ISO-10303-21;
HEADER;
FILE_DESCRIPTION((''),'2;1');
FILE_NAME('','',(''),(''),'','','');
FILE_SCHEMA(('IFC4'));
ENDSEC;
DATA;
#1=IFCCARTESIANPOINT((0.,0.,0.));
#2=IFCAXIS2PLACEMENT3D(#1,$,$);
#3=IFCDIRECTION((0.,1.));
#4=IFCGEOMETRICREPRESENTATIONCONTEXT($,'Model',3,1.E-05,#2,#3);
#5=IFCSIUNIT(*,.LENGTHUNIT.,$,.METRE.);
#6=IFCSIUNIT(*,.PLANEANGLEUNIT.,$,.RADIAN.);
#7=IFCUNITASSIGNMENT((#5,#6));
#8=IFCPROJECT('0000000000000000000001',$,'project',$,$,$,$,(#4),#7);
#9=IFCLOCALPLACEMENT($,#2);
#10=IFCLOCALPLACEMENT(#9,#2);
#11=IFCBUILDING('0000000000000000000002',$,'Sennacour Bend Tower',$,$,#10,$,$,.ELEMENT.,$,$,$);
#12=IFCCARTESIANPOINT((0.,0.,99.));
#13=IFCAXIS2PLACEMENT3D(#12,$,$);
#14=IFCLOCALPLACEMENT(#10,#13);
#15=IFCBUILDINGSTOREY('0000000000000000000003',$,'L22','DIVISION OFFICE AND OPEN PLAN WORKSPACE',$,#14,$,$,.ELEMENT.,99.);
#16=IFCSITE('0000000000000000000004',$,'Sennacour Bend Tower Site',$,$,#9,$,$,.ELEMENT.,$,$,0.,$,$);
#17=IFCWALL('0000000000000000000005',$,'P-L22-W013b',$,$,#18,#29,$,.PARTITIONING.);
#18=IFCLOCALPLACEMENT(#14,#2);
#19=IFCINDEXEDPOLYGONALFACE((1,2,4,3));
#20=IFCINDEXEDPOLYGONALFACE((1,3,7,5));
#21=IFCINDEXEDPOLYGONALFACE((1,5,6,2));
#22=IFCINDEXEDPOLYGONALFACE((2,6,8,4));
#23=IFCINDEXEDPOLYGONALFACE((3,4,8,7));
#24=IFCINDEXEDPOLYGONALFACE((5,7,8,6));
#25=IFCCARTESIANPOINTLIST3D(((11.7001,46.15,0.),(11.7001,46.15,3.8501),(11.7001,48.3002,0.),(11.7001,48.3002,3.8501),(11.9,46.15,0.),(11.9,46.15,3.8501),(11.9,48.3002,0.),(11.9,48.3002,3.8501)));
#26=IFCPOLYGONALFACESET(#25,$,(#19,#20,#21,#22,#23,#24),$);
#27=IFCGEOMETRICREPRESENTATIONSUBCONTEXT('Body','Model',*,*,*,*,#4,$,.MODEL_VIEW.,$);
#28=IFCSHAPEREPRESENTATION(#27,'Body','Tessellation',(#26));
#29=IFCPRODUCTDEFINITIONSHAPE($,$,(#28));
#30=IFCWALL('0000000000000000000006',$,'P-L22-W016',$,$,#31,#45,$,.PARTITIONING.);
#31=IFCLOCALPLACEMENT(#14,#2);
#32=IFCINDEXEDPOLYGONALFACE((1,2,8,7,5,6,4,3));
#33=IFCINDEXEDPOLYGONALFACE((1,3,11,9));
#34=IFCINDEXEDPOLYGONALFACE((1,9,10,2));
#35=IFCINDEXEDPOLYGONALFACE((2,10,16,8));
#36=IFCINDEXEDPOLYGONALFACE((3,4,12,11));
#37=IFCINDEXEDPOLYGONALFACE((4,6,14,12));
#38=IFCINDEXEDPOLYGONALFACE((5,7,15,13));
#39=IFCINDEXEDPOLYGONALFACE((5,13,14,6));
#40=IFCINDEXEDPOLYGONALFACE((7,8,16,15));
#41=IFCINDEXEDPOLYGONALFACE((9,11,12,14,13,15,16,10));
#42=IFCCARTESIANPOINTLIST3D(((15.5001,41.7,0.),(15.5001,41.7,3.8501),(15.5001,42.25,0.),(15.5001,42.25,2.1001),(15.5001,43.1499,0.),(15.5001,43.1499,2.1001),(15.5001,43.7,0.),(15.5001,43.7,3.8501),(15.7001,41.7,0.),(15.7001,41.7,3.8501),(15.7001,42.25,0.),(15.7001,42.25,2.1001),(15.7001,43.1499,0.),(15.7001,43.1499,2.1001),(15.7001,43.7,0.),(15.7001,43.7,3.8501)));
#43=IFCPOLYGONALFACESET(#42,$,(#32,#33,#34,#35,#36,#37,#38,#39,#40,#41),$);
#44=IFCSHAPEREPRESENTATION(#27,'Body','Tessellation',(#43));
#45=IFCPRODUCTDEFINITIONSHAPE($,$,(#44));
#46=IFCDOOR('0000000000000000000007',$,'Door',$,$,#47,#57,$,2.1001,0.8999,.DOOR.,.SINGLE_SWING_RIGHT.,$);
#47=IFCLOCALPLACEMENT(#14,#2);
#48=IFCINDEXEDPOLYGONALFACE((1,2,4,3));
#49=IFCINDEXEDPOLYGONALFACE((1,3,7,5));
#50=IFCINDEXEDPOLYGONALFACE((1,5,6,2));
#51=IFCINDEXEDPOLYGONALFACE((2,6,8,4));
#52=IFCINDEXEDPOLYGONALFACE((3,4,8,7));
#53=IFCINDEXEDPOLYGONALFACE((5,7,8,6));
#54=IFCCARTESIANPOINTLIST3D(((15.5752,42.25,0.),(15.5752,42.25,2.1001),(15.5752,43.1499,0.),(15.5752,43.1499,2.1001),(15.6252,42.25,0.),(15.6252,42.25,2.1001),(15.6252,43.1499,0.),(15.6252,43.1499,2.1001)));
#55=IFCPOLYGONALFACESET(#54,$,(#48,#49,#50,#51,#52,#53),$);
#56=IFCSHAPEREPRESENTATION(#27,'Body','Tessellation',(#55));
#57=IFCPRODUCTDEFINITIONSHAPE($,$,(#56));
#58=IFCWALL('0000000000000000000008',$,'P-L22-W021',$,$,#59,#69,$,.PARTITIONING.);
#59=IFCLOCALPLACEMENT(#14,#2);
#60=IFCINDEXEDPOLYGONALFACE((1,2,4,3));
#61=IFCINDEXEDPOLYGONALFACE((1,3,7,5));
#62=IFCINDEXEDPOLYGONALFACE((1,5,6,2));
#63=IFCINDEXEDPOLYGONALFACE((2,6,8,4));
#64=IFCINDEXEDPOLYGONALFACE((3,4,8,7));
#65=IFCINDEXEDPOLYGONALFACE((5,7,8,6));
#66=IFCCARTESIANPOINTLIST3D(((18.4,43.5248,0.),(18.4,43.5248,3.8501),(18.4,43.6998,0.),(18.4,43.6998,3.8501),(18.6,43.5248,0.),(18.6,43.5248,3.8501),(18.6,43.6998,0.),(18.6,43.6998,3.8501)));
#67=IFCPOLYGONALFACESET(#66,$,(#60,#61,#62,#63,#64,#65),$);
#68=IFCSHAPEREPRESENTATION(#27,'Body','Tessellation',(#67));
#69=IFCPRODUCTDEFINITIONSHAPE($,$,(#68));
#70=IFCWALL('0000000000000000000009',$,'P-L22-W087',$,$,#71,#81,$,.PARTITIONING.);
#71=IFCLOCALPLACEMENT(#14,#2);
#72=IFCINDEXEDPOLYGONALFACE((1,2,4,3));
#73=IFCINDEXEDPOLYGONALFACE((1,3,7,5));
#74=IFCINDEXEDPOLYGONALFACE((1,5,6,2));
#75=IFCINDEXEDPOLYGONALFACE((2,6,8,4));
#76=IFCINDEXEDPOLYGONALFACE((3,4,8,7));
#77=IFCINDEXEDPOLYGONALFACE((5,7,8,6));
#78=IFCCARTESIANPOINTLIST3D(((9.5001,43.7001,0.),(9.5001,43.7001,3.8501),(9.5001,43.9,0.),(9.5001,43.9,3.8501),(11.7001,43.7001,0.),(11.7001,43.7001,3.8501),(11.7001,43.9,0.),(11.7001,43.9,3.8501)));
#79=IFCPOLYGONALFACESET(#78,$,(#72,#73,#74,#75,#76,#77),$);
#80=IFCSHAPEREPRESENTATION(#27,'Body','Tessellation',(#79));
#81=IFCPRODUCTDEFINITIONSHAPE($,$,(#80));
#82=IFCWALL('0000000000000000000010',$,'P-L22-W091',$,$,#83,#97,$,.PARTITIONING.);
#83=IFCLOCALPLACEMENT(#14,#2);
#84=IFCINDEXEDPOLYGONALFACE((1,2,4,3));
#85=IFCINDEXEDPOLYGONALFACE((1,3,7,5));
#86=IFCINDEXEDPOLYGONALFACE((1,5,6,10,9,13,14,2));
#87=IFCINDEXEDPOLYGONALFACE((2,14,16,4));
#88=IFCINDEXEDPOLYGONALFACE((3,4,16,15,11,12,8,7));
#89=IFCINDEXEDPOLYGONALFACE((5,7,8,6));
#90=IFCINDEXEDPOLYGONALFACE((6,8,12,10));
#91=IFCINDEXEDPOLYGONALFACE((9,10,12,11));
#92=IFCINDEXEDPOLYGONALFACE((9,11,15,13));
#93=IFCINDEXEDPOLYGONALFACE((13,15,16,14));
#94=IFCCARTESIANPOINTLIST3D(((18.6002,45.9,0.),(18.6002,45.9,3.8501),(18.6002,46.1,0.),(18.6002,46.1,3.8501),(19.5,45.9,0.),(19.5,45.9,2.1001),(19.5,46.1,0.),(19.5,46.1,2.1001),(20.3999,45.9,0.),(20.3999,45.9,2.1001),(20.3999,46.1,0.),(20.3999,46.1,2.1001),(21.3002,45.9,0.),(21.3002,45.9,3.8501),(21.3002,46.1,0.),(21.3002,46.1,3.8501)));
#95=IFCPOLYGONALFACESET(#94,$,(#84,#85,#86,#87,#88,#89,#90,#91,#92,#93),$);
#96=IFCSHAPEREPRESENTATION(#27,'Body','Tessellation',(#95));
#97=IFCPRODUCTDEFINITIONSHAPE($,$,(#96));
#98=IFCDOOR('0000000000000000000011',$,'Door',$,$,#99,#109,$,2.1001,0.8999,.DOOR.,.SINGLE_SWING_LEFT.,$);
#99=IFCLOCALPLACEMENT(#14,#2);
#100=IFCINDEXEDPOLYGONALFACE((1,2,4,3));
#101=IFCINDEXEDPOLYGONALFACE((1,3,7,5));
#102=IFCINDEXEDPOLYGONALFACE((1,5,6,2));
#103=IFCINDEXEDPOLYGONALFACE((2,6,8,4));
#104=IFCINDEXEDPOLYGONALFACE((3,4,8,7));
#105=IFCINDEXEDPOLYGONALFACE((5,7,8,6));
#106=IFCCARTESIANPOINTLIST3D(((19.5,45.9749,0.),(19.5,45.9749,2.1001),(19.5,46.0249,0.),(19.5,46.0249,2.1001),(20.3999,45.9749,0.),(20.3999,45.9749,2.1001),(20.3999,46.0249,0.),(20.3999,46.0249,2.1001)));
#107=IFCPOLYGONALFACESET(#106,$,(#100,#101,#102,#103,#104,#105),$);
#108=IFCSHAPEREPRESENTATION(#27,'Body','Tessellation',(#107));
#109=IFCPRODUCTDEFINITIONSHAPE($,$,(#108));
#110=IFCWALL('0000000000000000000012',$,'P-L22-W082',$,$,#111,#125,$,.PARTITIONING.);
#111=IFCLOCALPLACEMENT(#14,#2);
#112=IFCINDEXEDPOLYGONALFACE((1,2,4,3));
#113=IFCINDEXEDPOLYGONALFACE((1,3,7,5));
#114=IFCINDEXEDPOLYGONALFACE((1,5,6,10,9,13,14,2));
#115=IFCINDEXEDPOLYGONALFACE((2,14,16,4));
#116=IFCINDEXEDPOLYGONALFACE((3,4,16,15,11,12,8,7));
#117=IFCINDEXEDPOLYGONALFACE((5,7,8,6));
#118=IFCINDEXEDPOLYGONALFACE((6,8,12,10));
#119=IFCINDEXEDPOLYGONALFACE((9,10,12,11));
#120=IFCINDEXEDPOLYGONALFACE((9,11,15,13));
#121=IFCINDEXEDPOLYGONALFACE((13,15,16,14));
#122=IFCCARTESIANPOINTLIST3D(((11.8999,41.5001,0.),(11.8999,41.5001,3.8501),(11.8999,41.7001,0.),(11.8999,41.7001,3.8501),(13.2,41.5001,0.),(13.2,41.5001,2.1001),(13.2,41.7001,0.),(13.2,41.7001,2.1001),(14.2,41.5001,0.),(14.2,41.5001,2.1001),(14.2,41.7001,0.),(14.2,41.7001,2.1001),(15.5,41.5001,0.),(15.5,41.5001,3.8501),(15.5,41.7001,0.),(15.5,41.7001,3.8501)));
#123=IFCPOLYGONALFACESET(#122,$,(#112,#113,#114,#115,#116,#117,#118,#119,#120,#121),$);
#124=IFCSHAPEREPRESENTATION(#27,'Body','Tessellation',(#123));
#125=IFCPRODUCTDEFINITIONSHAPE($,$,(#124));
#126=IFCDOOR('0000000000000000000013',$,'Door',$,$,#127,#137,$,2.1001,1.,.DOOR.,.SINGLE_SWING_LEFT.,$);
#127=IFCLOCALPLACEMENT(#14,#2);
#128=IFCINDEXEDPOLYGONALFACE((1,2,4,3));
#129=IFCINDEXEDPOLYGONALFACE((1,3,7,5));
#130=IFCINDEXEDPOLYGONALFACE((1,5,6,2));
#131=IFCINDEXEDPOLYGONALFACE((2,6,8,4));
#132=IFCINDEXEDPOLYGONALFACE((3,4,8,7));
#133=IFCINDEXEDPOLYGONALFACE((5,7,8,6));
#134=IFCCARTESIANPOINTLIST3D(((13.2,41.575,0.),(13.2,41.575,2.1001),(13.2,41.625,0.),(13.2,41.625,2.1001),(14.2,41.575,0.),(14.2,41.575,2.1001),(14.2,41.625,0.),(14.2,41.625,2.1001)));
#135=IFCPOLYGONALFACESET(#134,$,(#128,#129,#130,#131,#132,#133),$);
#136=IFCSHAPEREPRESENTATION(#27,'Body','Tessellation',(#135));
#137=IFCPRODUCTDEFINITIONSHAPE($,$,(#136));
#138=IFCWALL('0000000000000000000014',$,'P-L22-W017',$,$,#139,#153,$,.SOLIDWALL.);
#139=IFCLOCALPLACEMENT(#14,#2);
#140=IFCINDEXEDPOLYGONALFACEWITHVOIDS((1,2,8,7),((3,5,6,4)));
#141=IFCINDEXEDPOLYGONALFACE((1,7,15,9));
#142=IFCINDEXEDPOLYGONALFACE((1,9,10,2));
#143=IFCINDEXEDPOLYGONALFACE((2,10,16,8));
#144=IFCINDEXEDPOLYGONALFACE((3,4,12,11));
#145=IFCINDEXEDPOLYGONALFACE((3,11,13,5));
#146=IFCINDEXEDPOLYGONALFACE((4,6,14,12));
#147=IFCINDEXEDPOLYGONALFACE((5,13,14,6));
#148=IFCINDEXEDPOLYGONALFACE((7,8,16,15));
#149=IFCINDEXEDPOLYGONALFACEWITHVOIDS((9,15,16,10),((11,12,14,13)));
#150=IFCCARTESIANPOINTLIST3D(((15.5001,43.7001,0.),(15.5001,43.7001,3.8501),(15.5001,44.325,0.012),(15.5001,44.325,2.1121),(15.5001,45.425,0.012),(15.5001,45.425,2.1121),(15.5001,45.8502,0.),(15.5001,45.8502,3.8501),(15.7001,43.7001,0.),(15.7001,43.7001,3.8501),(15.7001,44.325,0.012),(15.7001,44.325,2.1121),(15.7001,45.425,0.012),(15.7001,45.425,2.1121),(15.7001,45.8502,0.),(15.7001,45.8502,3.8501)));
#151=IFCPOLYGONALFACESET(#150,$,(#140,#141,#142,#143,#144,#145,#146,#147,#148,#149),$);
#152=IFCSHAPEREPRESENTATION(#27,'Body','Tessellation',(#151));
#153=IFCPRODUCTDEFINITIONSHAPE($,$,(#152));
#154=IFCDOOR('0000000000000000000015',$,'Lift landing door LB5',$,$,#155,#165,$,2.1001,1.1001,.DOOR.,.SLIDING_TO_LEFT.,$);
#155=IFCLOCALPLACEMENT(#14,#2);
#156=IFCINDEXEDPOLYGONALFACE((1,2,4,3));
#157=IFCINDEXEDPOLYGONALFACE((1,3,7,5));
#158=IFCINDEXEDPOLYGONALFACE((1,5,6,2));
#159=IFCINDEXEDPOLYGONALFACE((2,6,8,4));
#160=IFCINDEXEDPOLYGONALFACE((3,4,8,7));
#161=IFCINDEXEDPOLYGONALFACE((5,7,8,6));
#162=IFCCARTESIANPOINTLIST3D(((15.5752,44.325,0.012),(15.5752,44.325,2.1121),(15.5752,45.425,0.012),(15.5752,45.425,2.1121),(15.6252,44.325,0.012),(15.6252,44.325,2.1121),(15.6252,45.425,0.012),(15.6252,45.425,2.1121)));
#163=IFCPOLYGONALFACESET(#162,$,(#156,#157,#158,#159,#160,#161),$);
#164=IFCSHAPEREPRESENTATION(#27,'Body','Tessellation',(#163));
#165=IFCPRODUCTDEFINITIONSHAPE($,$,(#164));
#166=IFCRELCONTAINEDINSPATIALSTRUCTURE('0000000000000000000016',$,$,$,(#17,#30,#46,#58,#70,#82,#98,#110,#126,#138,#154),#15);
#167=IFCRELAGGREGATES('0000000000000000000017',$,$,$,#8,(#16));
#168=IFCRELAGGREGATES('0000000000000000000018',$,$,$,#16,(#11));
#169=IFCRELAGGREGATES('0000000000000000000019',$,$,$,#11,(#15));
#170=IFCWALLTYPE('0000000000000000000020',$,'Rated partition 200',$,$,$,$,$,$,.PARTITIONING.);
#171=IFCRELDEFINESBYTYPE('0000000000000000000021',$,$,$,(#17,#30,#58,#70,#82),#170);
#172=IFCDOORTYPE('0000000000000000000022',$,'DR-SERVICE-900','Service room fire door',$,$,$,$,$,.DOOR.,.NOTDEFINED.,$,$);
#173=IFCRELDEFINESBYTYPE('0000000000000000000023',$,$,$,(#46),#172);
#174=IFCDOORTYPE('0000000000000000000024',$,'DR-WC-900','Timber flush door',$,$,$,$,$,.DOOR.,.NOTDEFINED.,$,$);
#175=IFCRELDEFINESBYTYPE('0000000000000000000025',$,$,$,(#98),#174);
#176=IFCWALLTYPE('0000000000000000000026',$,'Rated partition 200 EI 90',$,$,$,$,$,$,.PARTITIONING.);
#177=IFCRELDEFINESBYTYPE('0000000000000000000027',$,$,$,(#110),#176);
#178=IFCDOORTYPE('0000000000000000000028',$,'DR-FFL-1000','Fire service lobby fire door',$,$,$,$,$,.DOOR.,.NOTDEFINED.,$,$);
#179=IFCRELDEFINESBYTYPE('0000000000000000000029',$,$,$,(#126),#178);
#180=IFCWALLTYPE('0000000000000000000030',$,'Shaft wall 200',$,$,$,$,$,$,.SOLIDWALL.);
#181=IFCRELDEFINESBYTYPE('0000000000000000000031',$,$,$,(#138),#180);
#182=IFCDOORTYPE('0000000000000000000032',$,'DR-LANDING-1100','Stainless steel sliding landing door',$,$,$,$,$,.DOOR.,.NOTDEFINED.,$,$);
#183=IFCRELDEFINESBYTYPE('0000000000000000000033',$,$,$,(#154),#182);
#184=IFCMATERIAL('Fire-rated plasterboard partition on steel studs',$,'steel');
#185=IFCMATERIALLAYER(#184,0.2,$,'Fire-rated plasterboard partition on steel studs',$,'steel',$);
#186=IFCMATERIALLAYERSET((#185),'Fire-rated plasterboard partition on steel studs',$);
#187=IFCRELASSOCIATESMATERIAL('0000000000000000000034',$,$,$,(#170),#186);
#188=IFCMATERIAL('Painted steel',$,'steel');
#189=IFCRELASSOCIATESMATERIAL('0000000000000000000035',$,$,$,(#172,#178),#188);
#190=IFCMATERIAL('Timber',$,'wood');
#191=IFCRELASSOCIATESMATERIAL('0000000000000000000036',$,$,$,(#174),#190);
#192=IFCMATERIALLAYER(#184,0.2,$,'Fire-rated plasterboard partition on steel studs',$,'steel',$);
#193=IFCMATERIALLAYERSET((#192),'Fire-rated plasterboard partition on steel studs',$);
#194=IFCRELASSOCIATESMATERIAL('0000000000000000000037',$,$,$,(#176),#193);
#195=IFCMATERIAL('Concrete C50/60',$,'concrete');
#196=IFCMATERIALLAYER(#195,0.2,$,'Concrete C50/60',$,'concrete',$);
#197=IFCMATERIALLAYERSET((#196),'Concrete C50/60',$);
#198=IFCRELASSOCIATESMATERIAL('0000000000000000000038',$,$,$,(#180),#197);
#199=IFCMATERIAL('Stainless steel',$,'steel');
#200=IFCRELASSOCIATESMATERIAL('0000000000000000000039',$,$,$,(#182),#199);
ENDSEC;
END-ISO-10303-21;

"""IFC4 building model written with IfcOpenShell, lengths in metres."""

from ifc_helpers import new_model, si_unit, direction, frame, frame_2d, origin, place, context, subcontext, project, spatial, rectangle, extrude, material, layer, layer_set, type_object, element, fill, save


model = new_model("IFC4")

# Units and contexts
model_context = context("Model", 3, precision=1e-05, world=origin(), true_north=direction((0.0, 1.0)))
body_context = subcontext(model_context, "Body", "Model", "MODEL_VIEW")
ifc_project = project(units=[si_unit("LENGTHUNIT", "METRE"), si_unit("PLANEANGLEUNIT", "RADIAN")], contexts=[model_context])

# Site, building, storey
site_placement = place(None, origin())
site = spatial("IfcSite", under=ifc_project, at=site_placement, Name="Sennacour Bend Tower Site", CompositionType="ELEMENT", RefElevation=0.0)
building_placement = place(site_placement, origin())
building = spatial("IfcBuilding", under=site, at=building_placement, Name="Sennacour Bend Tower", CompositionType="ELEMENT")
storey_placement = place(building_placement, frame((0.0, 0.0, 99.0)))
storey = spatial("IfcBuildingStorey", under=building, at=storey_placement, Name="L22", Description="DIVISION OFFICE AND OPEN PLAN WORKSPACE", CompositionType="ELEMENT", Elevation=99.0)

# Wall
ifc_material_1 = material(Name="Fire-rated plasterboard partition on steel studs", Category="steel")
ifc_layer_1 = layer(ifc_material_1, 0.2, Name="Fire-rated plasterboard partition on steel studs", Category="steel")
ifc_layer_set_1 = layer_set([ifc_layer_1], Name="Fire-rated plasterboard partition on steel studs")
wall_type_1 = type_object("IfcWallType", Name="Rated partition 200", PredefinedType="PARTITIONING", material=ifc_layer_set_1)
wall_1_placement = place(storey_placement, frame((11.8, 46.1499, 0.0), z_axis=(0.0, 0.0, 1.0), x_axis=(0.0, 1.0, 0.0)))
element("IfcWall", 1, at=wall_1_placement, inside=storey, type_object=wall_type_1, Name="P-L22-W013b", PredefinedType="PARTITIONING", context=body_context, shape_type="SweptSolid", body=[
    extrude(rectangle(XDim=2.1501, YDim=0.2, at=frame_2d((1.0752, 0.0))), origin(), (0.0, 0.0, 1.0), 3.8501),
])

# Wall, opening, door
wall_2_placement = place(storey_placement, frame((15.6001, 41.7, 0.0), z_axis=(0.0, 0.0, 1.0), x_axis=(0.0, 1.0, 0.0)))
wall_2 = element("IfcWall", 2, at=wall_2_placement, inside=storey, type_object=wall_type_1, Name="P-L22-W016", PredefinedType="PARTITIONING", context=body_context, shape_type="SweptSolid", body=[
    extrude(rectangle(XDim=2.0, YDim=0.2, at=frame_2d((1.0, 0.0))), origin(), (0.0, 0.0, 1.0), 3.8501),
])
opening_1_placement = place(wall_2_placement, frame((0.55, 0.0, 0.0)))
opening_1 = element("IfcOpeningElement", 3, at=opening_1_placement, cuts=wall_2, PredefinedType="OPENING", context=body_context, shape_type="SweptSolid", body=[
    extrude(rectangle(XDim=0.8999, YDim=2.1001, at=frame_2d((0.45, 1.05))), frame((0.0, 0.1099, 0.0), z_axis=(0.0, -1.0, 0.0), x_axis=(1.0, 0.0, 0.0)), (0.0, 0.0, 1.0), 0.22),
])
ifc_material_2 = material(Name="Painted steel", Category="steel")
door_type_1 = type_object("IfcDoorType", Name="DR-SERVICE-900", Description="Service room fire door", OperationType="NOTDEFINED", PredefinedType="DOOR", material=ifc_material_2)
door_1_placement = place(opening_1_placement, origin())
door_1 = element("IfcDoor", 4, at=door_1_placement, inside=storey, type_object=door_type_1, Name="Door", OperationType="SINGLE_SWING_RIGHT", OverallHeight=2.1001, OverallWidth=0.8999, PredefinedType="DOOR", context=body_context, shape_type="SweptSolid", body=[
    extrude(rectangle(XDim=0.8999, YDim=2.1001, at=frame_2d((0.45, 1.05))), frame((0.0, 0.0249, 0.0), z_axis=(0.0, -1.0, 0.0), x_axis=(1.0, 0.0, 0.0)), (0.0, 0.0, 1.0), 0.05),
])
fill(opening_1, door_1)

# Walls
wall_3_placement = place(storey_placement, frame((18.5, 43.5249, 0.0), z_axis=(0.0, 0.0, 1.0), x_axis=(0.0, 1.0, 0.0)))
element("IfcWall", 5, at=wall_3_placement, inside=storey, type_object=wall_type_1, Name="P-L22-W021", PredefinedType="PARTITIONING", context=body_context, shape_type="SweptSolid", body=[
    extrude(rectangle(XDim=0.175, YDim=0.2, at=frame_2d((0.0874, 0.0))), origin(), (0.0, 0.0, 1.0), 3.8501),
])
wall_4_placement = place(storey_placement, frame((9.5, 43.8, 0.0), z_axis=(0.0, 0.0, 1.0), x_axis=(1.0, 0.0, 0.0)))
element("IfcWall", 6, at=wall_4_placement, inside=storey, type_object=wall_type_1, Name="P-L22-W087", PredefinedType="PARTITIONING", context=body_context, shape_type="SweptSolid", body=[
    extrude(rectangle(XDim=2.2, YDim=0.2, at=frame_2d((1.1001, 0.0))), origin(), (0.0, 0.0, 1.0), 3.8501),
])

# Walls, openings, doors
wall_5_placement = place(storey_placement, frame((18.6001, 46.0, 0.0), z_axis=(0.0, 0.0, 1.0), x_axis=(1.0, 0.0, 0.0)))
wall_5 = element("IfcWall", 7, at=wall_5_placement, inside=storey, type_object=wall_type_1, Name="P-L22-W091", PredefinedType="PARTITIONING", context=body_context, shape_type="SweptSolid", body=[
    extrude(rectangle(XDim=2.7, YDim=0.2, at=frame_2d((1.3501, 0.0))), origin(), (0.0, 0.0, 1.0), 3.8501),
])
opening_2_placement = place(wall_5_placement, frame((0.8999, 0.0, 0.0)))
opening_2 = element("IfcOpeningElement", 8, at=opening_2_placement, cuts=wall_5, PredefinedType="OPENING", context=body_context, shape_type="SweptSolid", body=[
    extrude(rectangle(XDim=0.8999, YDim=2.1001, at=frame_2d((0.45, 1.05))), frame((0.0, 0.1099, 0.0), z_axis=(0.0, -1.0, 0.0), x_axis=(1.0, 0.0, 0.0)), (0.0, 0.0, 1.0), 0.22),
])
ifc_material_3 = material(Name="Timber", Category="wood")
door_type_2 = type_object("IfcDoorType", Name="DR-WC-900", Description="Timber flush door", OperationType="NOTDEFINED", PredefinedType="DOOR", material=ifc_material_3)
door_2_placement = place(opening_2_placement, origin())
door_2 = element("IfcDoor", 9, at=door_2_placement, inside=storey, type_object=door_type_2, Name="Door", OperationType="SINGLE_SWING_LEFT", OverallHeight=2.1001, OverallWidth=0.8999, PredefinedType="DOOR", context=body_context, shape_type="SweptSolid", body=[
    extrude(rectangle(XDim=0.8999, YDim=2.1001, at=frame_2d((0.45, 1.05))), frame((0.0, 0.0249, 0.0), z_axis=(0.0, -1.0, 0.0), x_axis=(1.0, 0.0, 0.0)), (0.0, 0.0, 1.0), 0.05),
])
fill(opening_2, door_2)
ifc_layer_2 = layer(ifc_material_1, 0.2, Name="Fire-rated plasterboard partition on steel studs", Category="steel")
ifc_layer_set_2 = layer_set([ifc_layer_2], Name="Fire-rated plasterboard partition on steel studs")
wall_type_2 = type_object("IfcWallType", Name="Rated partition 200 EI 90", PredefinedType="PARTITIONING", material=ifc_layer_set_2)
wall_6_placement = place(storey_placement, frame((11.8999, 41.6001, 0.0), z_axis=(0.0, 0.0, 1.0), x_axis=(1.0, 0.0, 0.0)))
wall_6 = element("IfcWall", 10, at=wall_6_placement, inside=storey, type_object=wall_type_2, Name="P-L22-W082", PredefinedType="PARTITIONING", context=body_context, shape_type="SweptSolid", body=[
    extrude(rectangle(XDim=3.6001, YDim=0.2, at=frame_2d((1.8, 0.0))), origin(), (0.0, 0.0, 1.0), 3.8501),
])
opening_3_placement = place(wall_6_placement, frame((1.3, 0.0, 0.0)))
opening_3 = element("IfcOpeningElement", 11, at=opening_3_placement, cuts=wall_6, PredefinedType="OPENING", context=body_context, shape_type="SweptSolid", body=[
    extrude(rectangle(XDim=1.0, YDim=2.1001, at=frame_2d((0.5, 1.05))), frame((0.0, 0.1099, 0.0), z_axis=(0.0, -1.0, 0.0), x_axis=(1.0, 0.0, 0.0)), (0.0, 0.0, 1.0), 0.22),
])
door_type_3 = type_object("IfcDoorType", Name="DR-FFL-1000", Description="Fire service lobby fire door", OperationType="NOTDEFINED", PredefinedType="DOOR", material=ifc_material_2)
door_3_placement = place(opening_3_placement, origin())
door_3 = element("IfcDoor", 12, at=door_3_placement, inside=storey, type_object=door_type_3, Name="Door", OperationType="SINGLE_SWING_LEFT", OverallHeight=2.1001, OverallWidth=1.0, PredefinedType="DOOR", context=body_context, shape_type="SweptSolid", body=[
    extrude(rectangle(XDim=1.0, YDim=2.1001, at=frame_2d((0.5, 1.05))), frame((0.0, 0.0249, 0.0), z_axis=(0.0, -1.0, 0.0), x_axis=(1.0, 0.0, 0.0)), (0.0, 0.0, 1.0), 0.05),
])
fill(opening_3, door_3)
ifc_material_4 = material(Name="Concrete C50/60", Category="concrete")
ifc_layer_3 = layer(ifc_material_4, 0.2, Name="Concrete C50/60", Category="concrete")
ifc_layer_set_3 = layer_set([ifc_layer_3], Name="Concrete C50/60")
wall_type_3 = type_object("IfcWallType", Name="Shaft wall 200", PredefinedType="SOLIDWALL", material=ifc_layer_set_3)
wall_7_placement = place(storey_placement, frame((15.6001, 43.7, 0.0), z_axis=(0.0, 0.0, 1.0), x_axis=(0.0, 1.0, 0.0)))
wall_7 = element("IfcWall", 13, at=wall_7_placement, inside=storey, type_object=wall_type_3, Name="P-L22-W017", PredefinedType="SOLIDWALL", context=body_context, shape_type="SweptSolid", body=[
    extrude(rectangle(XDim=2.1501, YDim=0.2, at=frame_2d((1.0752, 0.0))), origin(), (0.0, 0.0, 1.0), 3.8501),
])
opening_4_placement = place(wall_7_placement, frame((0.625, 0.0, 0.012)))
opening_4 = element("IfcOpeningElement", 14, at=opening_4_placement, cuts=wall_7, PredefinedType="OPENING", context=body_context, shape_type="SweptSolid", body=[
    extrude(rectangle(XDim=1.1001, YDim=2.1001, at=frame_2d((0.55, 1.05))), frame((0.0, 0.1099, 0.0), z_axis=(0.0, -1.0, 0.0), x_axis=(1.0, 0.0, 0.0)), (0.0, 0.0, 1.0), 0.22),
])
ifc_material_5 = material(Name="Stainless steel", Category="steel")
door_type_4 = type_object("IfcDoorType", Name="DR-LANDING-1100", Description="Stainless steel sliding landing door", OperationType="NOTDEFINED", PredefinedType="DOOR", material=ifc_material_5)
door_4_placement = place(opening_4_placement, origin())
door_4 = element("IfcDoor", 15, at=door_4_placement, inside=storey, type_object=door_type_4, Name="Lift landing door LB5", OperationType="SLIDING_TO_LEFT", OverallHeight=2.1001, OverallWidth=1.1001, PredefinedType="DOOR", context=body_context, shape_type="SweptSolid", body=[
    extrude(rectangle(XDim=1.1001, YDim=2.1001, at=frame_2d((0.55, 1.05))), frame((0.0, 0.0249, 0.0), z_axis=(0.0, -1.0, 0.0), x_axis=(1.0, 0.0, 0.0)), (0.0, 0.0, 1.0), 0.05),
])
fill(opening_4, door_4)

save(model, "model.ifc")
